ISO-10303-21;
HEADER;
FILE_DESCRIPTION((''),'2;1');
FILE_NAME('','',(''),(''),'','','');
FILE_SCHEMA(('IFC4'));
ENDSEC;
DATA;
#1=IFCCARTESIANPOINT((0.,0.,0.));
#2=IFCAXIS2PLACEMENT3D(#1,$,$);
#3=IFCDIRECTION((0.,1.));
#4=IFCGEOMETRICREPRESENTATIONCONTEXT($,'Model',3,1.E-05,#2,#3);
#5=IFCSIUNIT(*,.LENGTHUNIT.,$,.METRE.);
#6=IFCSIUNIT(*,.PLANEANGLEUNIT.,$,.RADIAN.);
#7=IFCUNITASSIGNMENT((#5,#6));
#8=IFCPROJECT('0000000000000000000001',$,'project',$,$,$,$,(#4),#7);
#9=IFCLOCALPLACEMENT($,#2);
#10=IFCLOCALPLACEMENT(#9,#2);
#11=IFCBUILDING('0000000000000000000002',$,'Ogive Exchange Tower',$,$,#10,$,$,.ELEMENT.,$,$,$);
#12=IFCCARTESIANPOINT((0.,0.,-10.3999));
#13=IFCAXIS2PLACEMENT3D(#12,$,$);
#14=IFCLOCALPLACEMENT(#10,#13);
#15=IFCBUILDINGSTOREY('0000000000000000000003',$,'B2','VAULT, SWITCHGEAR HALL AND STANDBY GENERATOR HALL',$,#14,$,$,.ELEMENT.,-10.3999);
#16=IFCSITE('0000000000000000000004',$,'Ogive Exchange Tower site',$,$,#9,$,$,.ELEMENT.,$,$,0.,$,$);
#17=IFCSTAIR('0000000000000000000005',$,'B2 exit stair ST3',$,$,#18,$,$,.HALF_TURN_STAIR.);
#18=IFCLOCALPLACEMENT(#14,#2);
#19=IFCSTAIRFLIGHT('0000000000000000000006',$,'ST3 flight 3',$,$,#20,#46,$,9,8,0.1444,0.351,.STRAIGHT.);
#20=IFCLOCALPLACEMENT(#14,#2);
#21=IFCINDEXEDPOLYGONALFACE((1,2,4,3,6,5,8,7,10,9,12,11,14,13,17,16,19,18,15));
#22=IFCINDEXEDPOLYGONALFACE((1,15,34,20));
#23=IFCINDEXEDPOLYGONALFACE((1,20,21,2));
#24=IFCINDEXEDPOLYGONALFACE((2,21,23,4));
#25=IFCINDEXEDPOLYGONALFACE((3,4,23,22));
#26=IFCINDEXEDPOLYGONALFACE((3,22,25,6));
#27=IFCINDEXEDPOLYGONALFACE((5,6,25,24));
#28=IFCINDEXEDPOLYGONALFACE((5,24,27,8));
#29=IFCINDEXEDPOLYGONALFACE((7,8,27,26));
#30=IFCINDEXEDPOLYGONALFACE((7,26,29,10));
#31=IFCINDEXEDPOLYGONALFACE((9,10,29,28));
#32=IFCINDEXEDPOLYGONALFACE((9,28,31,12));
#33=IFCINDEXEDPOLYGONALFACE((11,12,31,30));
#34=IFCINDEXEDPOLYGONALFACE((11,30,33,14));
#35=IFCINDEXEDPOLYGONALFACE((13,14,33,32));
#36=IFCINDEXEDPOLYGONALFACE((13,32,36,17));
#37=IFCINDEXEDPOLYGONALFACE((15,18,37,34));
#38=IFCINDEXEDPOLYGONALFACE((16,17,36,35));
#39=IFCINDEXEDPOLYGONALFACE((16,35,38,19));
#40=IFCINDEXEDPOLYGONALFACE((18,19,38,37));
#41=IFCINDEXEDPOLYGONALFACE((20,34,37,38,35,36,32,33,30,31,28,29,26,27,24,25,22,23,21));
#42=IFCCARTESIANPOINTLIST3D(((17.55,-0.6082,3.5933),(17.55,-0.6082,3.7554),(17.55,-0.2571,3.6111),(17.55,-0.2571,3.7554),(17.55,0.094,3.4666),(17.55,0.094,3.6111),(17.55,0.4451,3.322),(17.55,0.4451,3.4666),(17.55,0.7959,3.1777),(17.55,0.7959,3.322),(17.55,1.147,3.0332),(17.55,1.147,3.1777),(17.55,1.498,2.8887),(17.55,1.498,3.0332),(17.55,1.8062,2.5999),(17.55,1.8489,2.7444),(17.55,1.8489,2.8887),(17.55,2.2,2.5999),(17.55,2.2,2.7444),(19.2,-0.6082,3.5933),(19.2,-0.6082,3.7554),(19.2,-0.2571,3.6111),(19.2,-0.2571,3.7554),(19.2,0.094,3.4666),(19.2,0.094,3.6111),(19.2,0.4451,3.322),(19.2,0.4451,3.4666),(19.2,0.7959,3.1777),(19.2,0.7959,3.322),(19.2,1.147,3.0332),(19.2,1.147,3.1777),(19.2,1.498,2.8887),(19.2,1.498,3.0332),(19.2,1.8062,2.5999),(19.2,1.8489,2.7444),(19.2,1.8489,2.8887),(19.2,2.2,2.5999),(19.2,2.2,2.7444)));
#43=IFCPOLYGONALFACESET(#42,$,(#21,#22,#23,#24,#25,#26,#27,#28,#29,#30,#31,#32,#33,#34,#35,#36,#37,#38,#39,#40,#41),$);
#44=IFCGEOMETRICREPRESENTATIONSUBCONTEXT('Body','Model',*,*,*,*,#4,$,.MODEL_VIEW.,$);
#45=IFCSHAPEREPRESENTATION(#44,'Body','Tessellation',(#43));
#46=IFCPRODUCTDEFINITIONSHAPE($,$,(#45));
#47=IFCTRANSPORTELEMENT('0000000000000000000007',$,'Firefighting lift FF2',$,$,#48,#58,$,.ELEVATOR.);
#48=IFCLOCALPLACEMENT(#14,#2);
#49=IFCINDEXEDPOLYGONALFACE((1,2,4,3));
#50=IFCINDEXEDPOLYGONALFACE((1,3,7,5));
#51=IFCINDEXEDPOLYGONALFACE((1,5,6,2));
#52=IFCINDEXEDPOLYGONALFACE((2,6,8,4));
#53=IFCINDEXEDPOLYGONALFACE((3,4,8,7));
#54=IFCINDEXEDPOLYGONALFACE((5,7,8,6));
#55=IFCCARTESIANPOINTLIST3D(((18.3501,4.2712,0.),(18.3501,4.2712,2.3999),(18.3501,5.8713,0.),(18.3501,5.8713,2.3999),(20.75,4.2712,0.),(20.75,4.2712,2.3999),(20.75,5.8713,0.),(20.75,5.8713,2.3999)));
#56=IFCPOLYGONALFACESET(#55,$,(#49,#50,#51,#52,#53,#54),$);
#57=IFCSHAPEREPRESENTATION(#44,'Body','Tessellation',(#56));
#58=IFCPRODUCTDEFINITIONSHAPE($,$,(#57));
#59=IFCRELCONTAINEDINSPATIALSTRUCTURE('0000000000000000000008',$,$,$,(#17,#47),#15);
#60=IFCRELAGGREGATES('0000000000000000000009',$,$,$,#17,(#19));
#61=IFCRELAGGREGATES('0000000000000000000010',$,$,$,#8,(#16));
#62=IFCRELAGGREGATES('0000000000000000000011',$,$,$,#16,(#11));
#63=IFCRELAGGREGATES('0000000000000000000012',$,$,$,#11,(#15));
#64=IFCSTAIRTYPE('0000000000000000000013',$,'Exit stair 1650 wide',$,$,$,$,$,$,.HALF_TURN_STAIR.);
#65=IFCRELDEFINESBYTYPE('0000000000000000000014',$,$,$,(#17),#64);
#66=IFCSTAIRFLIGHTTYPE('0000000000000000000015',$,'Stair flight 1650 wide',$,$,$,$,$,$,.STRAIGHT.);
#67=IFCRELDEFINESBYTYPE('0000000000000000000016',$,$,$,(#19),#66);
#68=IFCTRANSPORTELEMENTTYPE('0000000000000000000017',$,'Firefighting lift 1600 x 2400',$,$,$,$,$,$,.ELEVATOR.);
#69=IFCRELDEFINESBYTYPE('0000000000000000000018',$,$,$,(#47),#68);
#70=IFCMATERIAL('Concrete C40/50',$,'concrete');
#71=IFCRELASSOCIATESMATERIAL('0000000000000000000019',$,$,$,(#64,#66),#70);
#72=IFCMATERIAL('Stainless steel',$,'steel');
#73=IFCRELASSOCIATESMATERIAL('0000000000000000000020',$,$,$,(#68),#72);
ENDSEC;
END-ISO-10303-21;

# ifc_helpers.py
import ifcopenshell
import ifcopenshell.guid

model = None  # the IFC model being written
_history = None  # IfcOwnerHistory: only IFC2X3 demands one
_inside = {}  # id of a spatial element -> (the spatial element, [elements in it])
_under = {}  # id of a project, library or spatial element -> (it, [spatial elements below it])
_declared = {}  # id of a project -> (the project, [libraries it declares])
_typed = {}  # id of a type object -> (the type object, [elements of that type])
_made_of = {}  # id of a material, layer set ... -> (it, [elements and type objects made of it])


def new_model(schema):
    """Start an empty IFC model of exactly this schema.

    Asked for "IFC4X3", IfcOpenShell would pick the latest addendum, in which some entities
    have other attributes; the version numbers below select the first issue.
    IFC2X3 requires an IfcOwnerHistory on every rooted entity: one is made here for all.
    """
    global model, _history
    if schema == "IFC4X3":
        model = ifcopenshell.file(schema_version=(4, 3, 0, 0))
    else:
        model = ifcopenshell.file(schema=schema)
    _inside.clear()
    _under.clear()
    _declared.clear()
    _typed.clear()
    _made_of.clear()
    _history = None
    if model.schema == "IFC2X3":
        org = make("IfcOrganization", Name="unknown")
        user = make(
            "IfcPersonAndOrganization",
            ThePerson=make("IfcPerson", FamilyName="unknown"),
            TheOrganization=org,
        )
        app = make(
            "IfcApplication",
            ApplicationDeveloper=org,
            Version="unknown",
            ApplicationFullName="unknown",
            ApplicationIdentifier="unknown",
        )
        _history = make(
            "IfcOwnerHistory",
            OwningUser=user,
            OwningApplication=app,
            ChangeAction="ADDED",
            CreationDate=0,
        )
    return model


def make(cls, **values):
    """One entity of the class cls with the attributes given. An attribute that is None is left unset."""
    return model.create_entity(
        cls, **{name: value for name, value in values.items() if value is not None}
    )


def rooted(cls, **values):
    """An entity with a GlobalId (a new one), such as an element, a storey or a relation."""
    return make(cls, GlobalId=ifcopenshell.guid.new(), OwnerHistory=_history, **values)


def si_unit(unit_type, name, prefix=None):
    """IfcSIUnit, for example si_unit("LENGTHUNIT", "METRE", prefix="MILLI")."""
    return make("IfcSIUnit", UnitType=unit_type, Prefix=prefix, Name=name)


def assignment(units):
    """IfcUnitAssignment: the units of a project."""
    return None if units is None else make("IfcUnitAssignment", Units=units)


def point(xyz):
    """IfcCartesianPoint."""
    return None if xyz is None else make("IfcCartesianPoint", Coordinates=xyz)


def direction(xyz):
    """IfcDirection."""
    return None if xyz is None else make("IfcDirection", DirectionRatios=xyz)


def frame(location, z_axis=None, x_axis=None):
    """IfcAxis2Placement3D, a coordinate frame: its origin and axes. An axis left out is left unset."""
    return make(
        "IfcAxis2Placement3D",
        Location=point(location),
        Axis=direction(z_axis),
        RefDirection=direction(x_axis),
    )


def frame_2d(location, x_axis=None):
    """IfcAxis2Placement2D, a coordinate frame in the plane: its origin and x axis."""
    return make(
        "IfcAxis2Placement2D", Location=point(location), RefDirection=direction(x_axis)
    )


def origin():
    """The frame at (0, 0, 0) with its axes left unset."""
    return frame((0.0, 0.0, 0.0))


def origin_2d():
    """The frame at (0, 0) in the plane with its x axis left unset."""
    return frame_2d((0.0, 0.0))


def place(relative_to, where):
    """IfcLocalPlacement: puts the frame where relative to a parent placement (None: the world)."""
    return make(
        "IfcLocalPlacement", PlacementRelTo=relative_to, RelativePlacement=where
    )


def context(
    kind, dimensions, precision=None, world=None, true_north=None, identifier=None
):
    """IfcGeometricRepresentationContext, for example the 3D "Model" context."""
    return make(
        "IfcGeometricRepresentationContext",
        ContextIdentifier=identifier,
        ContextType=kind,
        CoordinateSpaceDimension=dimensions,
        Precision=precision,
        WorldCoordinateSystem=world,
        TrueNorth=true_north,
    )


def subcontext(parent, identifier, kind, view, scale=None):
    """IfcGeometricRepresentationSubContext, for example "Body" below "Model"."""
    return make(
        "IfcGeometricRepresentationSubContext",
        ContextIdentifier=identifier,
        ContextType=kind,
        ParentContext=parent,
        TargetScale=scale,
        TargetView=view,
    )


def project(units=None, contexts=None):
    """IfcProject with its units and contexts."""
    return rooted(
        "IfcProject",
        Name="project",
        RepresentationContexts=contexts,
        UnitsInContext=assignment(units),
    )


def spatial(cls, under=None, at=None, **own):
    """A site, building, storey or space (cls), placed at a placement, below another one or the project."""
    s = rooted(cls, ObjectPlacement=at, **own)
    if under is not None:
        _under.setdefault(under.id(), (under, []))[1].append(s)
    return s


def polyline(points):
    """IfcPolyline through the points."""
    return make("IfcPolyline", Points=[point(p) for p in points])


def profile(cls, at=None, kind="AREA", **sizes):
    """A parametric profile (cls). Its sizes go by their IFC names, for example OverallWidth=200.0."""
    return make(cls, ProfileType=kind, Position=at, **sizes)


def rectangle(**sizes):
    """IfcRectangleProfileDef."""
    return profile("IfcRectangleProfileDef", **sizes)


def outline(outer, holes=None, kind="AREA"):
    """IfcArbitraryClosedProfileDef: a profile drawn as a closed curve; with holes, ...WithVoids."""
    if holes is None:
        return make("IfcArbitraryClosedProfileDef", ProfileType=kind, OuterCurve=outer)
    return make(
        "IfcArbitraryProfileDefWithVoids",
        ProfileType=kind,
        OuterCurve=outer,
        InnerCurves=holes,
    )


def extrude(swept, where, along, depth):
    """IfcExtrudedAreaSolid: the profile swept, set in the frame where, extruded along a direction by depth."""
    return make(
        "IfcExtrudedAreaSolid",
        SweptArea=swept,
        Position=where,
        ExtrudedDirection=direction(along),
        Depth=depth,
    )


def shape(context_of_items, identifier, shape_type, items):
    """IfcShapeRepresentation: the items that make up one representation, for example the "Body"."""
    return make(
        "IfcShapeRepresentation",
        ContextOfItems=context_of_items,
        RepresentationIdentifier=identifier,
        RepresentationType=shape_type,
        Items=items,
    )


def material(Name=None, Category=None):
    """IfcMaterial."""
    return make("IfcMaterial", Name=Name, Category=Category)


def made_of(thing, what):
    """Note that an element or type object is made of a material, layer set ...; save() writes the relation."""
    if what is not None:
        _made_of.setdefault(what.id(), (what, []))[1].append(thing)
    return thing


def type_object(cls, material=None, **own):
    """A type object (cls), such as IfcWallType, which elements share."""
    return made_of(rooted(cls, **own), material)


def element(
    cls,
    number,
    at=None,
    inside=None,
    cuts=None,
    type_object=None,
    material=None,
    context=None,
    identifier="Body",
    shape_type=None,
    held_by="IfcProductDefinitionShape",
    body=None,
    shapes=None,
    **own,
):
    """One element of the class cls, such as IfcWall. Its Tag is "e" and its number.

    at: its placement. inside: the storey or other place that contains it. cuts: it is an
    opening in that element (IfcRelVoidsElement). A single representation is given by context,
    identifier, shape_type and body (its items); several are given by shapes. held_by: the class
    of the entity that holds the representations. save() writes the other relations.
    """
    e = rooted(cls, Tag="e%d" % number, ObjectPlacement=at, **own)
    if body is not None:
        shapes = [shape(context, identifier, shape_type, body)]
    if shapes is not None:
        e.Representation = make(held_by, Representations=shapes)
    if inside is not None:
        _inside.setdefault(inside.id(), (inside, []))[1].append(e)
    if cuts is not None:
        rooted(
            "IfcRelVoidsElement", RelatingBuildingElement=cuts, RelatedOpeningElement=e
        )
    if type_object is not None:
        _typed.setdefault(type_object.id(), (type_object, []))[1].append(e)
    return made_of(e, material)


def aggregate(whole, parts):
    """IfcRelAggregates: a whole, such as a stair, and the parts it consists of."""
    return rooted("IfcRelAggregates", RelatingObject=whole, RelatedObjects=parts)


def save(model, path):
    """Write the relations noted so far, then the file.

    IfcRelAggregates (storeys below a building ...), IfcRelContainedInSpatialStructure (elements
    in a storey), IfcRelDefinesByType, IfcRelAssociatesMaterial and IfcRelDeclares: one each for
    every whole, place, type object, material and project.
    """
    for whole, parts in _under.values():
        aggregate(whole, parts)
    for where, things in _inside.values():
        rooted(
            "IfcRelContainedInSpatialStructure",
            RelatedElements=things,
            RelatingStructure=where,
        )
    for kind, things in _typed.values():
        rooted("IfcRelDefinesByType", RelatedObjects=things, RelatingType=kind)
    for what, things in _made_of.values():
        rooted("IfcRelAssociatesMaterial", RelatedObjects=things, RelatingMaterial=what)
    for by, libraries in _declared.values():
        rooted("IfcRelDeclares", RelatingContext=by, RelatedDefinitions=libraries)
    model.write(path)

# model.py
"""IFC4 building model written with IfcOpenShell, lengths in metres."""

from ifc_helpers import new_model, si_unit, direction, frame, origin, origin_2d, place, context, subcontext, project, spatial, polyline, rectangle, outline, extrude, material, type_object, element, aggregate, save


model = new_model("IFC4")

# Units and contexts
model_context = context("Model", 3, precision=1e-05, world=origin(), true_north=direction((0.0, 1.0)))
body_context = subcontext(model_context, "Body", "Model", "MODEL_VIEW")
ifc_project = project(units=[si_unit("LENGTHUNIT", "METRE"), si_unit("PLANEANGLEUNIT", "RADIAN")], contexts=[model_context])

# Site, building, storey
site_placement = place(None, origin())
site = spatial("IfcSite", under=ifc_project, at=site_placement, Name="Ogive Exchange Tower site", CompositionType="ELEMENT", RefElevation=0.0)
building_placement = place(site_placement, origin())
building = spatial("IfcBuilding", under=site, at=building_placement, Name="Ogive Exchange Tower", CompositionType="ELEMENT")
storey_placement = place(building_placement, frame((0.0, 0.0, -10.3999)))
storey = spatial("IfcBuildingStorey", under=building, at=storey_placement, Name="B2", Description="VAULT, SWITCHGEAR HALL AND STANDBY GENERATOR HALL", CompositionType="ELEMENT", Elevation=-10.3999)

# Shared definitions
ifc_material_1 = material(Name="Concrete C40/50", Category="concrete")

# Shared definitions
ifc_material_2 = material(Name="Stainless steel", Category="steel")

# Stair, stair flight
stair_type = type_object("IfcStairType", Name="Exit stair 1650 wide", PredefinedType="HALF_TURN_STAIR", material=ifc_material_1)
stair_placement = place(storey_placement, origin())
stair = element("IfcStair", 1, at=stair_placement, inside=storey, type_object=stair_type, Name="B2 exit stair ST3", PredefinedType="HALF_TURN_STAIR")
stair_flight_type = type_object("IfcStairFlightType", Name="Stair flight 1650 wide", PredefinedType="STRAIGHT", material=ifc_material_1)
stair_flight_1_placement = place(storey_placement, frame((18.375, 2.2, 2.5999), z_axis=(0.0, 0.0, 1.0), x_axis=(0.0, -1.0, 0.0)))
stair_flight_1 = element("IfcStairFlight", 2, at=stair_flight_1_placement, type_object=stair_flight_type, Name="ST3 flight 3", NumberOfRisers=9, NumberOfTreads=8, PredefinedType="STRAIGHT", RiserHeight=0.1444, TreadLength=0.351, context=body_context, shape_type="SweptSolid", body=[
    extrude(outline(polyline([(0.0, 0.0), (0.0, 0.1445), (0.3511, 0.1445), (0.3511, 0.2888), (0.7019, 0.2888), (0.7019, 0.4333), (1.053, 0.4333), (1.053, 0.5779), (1.4041, 0.5779), (1.4041, 0.7222), (1.7549, 0.7222), (1.7549, 0.8667), (2.106, 0.8667), (2.106, 1.0112), (2.457, 1.0112), (2.457, 1.1555), (2.8081, 1.1555), (2.8081, 1.3), (2.8081, 0.9934), (0.3938, 0.0), (0.0, 0.0)])), frame((0.0, 0.825, 0.0), z_axis=(0.0, -1.0, 0.0), x_axis=(1.0, 0.0, 0.0)), (0.0, 0.0, 1.0), 1.6499),
])
aggregate(stair, [stair_flight_1])

# Transport element
transport_element_type = type_object("IfcTransportElementType", Name="Firefighting lift 1600 x 2400", PredefinedType="ELEVATOR", material=ifc_material_2)
transport_element_placement = place(storey_placement, frame((19.55, 5.0713, 0.0), z_axis=(0.0, 0.0, 1.0), x_axis=(1.0, 0.0, 0.0)))
element("IfcTransportElement", 3, at=transport_element_placement, inside=storey, type_object=transport_element_type, Name="Firefighting lift FF2", PredefinedType="ELEVATOR", context=body_context, shape_type="SweptSolid", body=[
    extrude(rectangle(XDim=2.3999, YDim=1.6001, at=origin_2d()), origin(), (0.0, 0.0, 1.0), 2.3999),
])

save(model, "model.ifc")
